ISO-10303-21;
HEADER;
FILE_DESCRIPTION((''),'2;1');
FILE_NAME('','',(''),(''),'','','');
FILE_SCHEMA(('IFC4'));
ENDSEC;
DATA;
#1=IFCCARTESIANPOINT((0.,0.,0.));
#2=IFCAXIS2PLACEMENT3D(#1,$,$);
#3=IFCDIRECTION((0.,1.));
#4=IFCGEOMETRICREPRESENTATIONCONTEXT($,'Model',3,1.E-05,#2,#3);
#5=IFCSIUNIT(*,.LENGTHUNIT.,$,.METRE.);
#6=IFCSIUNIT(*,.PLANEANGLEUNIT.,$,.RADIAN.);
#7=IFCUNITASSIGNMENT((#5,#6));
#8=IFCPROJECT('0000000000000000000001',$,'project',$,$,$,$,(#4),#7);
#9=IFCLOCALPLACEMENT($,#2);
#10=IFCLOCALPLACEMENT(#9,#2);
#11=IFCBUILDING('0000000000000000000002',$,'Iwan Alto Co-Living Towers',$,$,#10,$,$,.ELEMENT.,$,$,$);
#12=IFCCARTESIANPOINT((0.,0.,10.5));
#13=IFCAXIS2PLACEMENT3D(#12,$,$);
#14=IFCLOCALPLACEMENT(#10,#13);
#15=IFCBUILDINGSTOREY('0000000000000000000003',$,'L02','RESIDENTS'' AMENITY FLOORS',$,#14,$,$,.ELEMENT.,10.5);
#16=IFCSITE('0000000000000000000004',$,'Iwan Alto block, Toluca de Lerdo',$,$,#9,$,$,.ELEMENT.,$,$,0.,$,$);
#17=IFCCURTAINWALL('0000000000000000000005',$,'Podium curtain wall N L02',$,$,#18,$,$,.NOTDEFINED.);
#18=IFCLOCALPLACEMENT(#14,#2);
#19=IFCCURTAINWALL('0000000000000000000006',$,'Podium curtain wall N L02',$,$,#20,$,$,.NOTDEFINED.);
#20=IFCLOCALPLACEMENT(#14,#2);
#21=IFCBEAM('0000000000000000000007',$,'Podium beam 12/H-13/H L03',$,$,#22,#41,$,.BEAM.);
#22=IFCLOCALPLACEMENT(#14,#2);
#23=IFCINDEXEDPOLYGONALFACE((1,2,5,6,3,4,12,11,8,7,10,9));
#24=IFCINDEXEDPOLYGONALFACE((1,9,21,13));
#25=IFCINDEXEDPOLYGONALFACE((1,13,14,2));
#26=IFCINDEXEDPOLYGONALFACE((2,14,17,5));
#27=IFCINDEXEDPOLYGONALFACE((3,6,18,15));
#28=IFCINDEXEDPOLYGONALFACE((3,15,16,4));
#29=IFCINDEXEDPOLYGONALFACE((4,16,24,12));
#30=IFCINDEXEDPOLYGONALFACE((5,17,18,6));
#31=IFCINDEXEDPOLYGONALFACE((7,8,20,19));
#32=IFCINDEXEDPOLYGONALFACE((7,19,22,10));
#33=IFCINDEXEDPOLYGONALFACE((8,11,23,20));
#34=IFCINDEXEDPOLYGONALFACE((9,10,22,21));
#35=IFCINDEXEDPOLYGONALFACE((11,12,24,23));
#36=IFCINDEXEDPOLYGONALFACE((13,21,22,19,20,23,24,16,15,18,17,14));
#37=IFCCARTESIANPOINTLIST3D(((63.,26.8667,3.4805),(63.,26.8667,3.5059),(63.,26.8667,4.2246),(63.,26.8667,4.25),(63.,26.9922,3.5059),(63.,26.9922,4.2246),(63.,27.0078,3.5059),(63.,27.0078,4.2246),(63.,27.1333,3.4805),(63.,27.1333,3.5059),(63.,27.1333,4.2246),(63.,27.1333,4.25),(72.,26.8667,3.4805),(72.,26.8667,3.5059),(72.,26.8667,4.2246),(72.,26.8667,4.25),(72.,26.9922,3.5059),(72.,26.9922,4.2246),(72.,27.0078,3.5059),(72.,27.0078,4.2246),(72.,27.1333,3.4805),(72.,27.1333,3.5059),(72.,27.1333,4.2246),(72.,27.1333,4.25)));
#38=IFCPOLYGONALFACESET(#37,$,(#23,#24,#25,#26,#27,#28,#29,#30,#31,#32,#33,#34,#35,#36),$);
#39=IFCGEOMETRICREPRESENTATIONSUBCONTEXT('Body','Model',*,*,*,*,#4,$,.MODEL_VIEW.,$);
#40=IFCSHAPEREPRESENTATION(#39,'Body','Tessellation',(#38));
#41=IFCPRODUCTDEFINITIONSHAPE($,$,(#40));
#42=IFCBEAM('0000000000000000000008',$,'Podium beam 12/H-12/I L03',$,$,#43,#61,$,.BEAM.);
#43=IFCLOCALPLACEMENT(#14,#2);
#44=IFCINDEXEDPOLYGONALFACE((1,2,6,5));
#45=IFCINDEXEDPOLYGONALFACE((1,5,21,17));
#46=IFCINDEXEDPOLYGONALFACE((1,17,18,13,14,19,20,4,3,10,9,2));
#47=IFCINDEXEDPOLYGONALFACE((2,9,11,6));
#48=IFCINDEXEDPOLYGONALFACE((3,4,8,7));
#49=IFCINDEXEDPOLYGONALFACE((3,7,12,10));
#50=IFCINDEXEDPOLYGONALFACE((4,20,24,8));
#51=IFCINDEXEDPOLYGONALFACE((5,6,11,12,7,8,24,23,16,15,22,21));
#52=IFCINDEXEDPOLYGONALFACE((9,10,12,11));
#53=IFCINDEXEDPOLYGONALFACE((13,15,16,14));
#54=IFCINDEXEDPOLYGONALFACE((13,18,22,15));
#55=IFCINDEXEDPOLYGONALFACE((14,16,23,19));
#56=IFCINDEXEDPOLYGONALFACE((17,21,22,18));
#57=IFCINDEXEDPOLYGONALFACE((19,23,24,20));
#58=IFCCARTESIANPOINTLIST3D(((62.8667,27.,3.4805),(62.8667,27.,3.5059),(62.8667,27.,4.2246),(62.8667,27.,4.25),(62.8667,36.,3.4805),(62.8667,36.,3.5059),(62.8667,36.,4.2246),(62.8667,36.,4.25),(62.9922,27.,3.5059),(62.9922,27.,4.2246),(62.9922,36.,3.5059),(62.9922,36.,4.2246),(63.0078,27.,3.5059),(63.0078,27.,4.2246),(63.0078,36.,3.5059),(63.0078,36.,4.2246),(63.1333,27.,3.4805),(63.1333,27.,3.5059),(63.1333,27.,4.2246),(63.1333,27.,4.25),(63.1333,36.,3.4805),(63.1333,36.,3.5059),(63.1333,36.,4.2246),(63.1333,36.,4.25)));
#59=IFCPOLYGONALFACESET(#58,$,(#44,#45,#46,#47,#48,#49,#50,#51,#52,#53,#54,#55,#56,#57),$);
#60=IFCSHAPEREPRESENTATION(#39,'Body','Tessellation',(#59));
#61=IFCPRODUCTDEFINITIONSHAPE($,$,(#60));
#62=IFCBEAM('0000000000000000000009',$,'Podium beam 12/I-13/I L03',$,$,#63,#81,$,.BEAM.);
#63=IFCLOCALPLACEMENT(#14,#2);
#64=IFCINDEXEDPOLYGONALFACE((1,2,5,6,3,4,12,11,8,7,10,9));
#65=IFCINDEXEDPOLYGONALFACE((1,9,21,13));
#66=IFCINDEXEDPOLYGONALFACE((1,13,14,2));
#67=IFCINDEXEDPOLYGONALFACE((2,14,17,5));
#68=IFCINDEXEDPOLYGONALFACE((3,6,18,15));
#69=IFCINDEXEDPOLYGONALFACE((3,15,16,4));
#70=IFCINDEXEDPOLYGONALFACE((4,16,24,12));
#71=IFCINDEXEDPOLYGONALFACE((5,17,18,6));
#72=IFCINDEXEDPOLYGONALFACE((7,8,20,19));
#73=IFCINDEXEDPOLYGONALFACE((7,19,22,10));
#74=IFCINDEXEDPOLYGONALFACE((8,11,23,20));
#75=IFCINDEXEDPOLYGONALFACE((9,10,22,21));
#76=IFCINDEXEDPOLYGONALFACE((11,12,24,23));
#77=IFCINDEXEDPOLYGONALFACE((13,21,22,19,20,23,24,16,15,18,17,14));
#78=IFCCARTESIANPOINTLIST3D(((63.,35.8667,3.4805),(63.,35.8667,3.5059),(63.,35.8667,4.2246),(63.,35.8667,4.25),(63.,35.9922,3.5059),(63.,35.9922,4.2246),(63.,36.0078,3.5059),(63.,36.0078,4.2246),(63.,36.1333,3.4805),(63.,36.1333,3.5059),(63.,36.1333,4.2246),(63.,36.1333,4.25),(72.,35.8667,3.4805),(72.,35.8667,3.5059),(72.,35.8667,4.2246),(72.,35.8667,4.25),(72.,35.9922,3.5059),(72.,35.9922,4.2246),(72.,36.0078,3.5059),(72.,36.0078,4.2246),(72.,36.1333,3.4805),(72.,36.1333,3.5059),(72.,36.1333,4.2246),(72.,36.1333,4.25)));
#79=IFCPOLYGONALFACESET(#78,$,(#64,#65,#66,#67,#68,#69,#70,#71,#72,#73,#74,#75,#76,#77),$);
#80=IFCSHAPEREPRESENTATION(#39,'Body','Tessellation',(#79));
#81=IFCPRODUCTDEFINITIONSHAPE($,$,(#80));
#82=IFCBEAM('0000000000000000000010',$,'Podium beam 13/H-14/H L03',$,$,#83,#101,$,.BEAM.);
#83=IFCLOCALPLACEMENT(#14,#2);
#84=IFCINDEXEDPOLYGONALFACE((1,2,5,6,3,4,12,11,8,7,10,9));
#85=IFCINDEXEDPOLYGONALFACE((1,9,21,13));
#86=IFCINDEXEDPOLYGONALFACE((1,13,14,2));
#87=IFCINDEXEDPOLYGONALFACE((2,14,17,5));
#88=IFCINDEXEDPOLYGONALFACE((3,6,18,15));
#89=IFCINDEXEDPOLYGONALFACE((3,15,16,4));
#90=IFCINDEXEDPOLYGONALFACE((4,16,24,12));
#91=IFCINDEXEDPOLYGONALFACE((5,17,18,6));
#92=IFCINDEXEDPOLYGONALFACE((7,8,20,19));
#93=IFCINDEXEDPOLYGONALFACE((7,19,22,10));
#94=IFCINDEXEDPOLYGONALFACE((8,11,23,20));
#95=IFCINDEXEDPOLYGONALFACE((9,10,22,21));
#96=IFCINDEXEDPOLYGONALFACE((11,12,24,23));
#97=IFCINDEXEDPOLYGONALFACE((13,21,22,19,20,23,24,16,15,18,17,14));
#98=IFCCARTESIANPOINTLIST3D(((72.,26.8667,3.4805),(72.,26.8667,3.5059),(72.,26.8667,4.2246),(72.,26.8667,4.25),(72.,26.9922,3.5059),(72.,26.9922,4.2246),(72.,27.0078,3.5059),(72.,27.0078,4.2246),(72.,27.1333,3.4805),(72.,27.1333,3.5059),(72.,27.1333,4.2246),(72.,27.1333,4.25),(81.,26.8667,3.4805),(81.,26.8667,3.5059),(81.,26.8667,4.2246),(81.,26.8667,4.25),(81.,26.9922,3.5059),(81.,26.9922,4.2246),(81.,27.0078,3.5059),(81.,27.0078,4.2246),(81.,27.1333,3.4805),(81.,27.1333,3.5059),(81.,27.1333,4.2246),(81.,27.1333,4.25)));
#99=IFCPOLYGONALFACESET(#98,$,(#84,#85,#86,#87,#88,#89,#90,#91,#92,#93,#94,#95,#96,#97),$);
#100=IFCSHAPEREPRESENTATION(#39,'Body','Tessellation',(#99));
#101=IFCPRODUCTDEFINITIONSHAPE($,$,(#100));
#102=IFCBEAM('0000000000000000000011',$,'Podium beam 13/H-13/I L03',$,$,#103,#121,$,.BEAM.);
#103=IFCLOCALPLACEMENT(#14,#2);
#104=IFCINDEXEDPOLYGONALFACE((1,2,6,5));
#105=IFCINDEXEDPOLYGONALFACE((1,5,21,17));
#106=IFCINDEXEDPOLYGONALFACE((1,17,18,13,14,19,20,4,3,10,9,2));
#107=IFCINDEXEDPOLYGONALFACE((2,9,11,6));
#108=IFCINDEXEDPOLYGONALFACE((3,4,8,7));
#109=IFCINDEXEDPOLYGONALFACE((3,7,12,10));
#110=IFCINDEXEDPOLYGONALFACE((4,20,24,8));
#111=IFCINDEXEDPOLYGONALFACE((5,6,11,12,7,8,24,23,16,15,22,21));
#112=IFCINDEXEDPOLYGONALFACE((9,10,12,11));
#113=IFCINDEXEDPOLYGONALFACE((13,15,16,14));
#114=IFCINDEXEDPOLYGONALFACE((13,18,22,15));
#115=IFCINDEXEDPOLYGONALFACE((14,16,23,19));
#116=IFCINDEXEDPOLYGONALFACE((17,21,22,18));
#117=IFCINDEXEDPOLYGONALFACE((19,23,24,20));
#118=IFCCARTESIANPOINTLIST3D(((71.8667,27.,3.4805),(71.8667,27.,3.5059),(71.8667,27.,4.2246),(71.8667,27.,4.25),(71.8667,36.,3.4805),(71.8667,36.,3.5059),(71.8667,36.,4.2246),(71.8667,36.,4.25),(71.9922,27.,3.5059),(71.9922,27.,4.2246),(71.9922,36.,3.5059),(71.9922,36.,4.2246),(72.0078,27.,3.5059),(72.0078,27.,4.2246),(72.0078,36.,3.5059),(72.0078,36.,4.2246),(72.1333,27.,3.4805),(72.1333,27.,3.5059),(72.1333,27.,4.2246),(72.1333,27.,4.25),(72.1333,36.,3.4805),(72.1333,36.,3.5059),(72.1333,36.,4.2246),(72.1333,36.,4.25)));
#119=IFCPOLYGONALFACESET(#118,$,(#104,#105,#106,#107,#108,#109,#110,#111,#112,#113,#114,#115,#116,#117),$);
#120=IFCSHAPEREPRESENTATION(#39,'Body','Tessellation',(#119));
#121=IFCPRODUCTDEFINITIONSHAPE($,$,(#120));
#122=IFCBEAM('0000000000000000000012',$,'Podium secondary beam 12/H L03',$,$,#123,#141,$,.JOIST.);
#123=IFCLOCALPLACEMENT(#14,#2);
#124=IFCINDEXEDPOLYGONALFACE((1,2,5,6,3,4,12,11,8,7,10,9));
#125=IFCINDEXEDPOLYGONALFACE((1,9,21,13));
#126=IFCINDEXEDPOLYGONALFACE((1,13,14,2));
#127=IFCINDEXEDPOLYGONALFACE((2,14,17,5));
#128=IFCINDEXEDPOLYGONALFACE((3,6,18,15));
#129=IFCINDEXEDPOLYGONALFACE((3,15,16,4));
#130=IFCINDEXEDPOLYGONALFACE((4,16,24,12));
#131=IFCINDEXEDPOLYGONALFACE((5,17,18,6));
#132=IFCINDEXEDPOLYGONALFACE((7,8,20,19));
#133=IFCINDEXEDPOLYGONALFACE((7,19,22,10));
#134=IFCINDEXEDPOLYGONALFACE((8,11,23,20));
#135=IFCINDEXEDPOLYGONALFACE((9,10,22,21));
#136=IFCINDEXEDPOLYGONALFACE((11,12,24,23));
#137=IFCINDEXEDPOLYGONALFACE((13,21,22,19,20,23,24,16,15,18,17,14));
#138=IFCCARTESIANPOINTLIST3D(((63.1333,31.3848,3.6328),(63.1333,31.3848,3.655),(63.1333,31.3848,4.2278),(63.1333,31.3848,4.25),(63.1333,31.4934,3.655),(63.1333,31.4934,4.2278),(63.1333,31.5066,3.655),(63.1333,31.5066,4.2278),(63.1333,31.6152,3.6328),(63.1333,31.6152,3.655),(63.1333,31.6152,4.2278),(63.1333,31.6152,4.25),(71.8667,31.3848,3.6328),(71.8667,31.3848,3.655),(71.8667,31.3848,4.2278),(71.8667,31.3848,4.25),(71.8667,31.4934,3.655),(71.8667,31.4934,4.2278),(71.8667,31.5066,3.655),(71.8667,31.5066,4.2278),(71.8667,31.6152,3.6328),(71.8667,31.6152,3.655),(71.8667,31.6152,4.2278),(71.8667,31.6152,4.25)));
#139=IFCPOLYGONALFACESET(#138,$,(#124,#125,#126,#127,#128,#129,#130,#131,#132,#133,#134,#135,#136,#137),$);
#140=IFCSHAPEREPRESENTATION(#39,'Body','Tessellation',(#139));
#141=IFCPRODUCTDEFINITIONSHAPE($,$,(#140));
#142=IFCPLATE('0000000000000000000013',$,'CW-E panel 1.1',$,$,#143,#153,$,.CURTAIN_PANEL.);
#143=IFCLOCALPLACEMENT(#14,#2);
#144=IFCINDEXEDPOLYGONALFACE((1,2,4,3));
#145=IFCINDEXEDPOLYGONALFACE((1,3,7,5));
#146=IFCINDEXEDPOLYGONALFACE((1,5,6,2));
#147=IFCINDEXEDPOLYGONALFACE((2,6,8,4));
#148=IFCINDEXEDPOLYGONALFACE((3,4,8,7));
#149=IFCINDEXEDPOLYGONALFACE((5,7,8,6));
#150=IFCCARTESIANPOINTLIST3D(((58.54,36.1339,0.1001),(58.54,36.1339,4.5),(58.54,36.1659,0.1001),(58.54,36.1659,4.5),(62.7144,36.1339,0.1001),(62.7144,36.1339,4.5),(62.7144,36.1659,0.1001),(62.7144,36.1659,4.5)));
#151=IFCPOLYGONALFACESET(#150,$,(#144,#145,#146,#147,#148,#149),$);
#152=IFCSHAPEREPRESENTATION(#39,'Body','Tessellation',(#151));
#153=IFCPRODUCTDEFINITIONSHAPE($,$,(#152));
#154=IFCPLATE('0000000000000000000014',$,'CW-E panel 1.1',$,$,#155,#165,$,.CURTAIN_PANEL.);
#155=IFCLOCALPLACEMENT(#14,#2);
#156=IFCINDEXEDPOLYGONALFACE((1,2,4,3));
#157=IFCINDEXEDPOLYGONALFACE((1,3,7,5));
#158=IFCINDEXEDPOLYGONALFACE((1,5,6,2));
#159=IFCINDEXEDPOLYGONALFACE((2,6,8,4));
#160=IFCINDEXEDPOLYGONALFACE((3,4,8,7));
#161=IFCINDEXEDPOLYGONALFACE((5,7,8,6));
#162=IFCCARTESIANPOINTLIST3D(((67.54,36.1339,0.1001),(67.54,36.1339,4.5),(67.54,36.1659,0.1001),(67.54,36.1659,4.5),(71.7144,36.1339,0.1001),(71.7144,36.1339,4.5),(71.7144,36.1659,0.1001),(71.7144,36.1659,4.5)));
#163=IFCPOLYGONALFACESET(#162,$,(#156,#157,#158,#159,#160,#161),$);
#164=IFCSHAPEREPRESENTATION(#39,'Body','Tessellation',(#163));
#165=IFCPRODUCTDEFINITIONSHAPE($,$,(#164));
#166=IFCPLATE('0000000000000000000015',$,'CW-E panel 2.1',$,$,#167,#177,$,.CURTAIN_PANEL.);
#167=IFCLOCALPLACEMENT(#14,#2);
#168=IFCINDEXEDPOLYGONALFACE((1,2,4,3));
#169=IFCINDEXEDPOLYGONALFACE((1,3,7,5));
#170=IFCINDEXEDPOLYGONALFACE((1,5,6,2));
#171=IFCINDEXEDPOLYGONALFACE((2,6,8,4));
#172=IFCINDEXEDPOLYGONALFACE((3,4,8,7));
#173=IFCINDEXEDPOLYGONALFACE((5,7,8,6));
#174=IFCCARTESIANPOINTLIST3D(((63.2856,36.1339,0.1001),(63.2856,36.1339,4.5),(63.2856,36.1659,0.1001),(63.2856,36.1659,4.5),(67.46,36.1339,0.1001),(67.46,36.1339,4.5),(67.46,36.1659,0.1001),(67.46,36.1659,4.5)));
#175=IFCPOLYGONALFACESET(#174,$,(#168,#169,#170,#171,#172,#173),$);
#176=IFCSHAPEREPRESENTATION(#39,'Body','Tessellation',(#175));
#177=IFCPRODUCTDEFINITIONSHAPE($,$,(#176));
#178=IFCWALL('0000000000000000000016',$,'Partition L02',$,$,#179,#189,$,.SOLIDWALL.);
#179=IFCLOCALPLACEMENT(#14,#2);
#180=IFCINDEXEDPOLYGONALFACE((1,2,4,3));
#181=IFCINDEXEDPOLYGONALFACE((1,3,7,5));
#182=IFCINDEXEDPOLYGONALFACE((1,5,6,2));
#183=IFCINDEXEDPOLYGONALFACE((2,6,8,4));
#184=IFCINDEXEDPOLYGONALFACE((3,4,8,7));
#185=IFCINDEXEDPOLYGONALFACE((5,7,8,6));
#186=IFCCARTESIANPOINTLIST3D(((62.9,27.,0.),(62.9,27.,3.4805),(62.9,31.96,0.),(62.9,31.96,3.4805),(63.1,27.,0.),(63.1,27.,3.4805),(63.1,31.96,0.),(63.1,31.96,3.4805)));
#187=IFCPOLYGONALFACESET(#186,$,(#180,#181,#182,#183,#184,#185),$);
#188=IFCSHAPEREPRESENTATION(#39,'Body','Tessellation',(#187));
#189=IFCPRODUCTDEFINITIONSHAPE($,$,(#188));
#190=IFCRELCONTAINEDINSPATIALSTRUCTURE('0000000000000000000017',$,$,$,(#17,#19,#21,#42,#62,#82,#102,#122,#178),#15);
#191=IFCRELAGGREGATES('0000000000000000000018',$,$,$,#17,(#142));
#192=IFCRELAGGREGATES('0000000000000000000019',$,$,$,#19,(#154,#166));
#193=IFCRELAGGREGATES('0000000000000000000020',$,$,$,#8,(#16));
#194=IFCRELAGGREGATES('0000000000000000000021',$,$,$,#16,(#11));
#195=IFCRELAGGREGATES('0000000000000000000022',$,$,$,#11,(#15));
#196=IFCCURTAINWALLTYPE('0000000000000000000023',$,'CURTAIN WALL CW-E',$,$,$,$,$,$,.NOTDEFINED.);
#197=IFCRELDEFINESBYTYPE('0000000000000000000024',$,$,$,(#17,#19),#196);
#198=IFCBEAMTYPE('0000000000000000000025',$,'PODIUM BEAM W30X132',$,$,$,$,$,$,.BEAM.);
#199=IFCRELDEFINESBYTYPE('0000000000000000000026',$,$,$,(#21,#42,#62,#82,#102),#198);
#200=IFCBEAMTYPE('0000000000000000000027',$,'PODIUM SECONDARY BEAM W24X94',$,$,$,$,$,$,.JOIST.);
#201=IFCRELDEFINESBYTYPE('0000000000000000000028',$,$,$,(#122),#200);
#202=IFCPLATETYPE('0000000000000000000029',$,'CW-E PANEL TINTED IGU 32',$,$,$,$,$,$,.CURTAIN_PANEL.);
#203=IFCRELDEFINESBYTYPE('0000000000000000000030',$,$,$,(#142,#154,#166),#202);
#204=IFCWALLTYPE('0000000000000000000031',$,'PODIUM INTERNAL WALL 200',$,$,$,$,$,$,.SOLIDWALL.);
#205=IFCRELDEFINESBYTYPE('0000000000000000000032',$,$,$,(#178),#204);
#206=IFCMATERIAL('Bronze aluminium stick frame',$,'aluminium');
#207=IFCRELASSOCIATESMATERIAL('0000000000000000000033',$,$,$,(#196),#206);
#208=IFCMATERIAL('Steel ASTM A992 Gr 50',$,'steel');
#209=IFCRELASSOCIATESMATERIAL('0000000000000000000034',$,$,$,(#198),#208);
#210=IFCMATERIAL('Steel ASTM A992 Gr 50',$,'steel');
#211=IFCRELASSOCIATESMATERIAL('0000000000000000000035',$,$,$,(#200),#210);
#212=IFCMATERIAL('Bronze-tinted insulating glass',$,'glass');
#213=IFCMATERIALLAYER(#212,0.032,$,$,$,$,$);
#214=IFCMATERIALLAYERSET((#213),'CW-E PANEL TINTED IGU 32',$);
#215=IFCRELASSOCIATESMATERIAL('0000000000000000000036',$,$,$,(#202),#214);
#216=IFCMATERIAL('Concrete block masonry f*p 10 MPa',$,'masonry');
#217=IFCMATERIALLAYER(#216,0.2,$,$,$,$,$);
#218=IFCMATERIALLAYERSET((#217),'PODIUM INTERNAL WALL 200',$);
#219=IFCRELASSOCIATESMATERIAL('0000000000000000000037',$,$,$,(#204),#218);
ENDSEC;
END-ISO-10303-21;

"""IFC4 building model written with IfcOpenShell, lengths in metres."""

from ifc_helpers import new_model, si_unit, direction, frame, frame_2d, origin, origin_2d, place, context, subcontext, project, spatial, rectangle, i_section, extrude, material, layer, layer_set, material_profile, profile_set, type_object, element, aggregate, save


model = new_model("IFC4")

# Units and contexts
model_context = context("Model", 3, precision=1e-05, world=origin(), true_north=direction((0.0, 1.0)))
body_context = subcontext(model_context, "Body", "Model", "MODEL_VIEW")
ifc_project = project(units=[si_unit("LENGTHUNIT", "METRE"), si_unit("PLANEANGLEUNIT", "RADIAN")], contexts=[model_context])

# Site, building, storey
site_placement = place(None, origin())
site = spatial("IfcSite", under=ifc_project, at=site_placement, Name="Iwan Alto block, Toluca de Lerdo", CompositionType="ELEMENT", RefElevation=0.0)
building_placement = place(site_placement, origin())
building = spatial("IfcBuilding", under=site, at=building_placement, Name="Iwan Alto Co-Living Towers", CompositionType="ELEMENT")
storey_placement = place(building_placement, frame((0.0, 0.0, 10.5)))
storey = spatial("IfcBuildingStorey", under=building, at=storey_placement, Name="L02", Description="RESIDENTS' AMENITY FLOORS", CompositionType="ELEMENT", Elevation=10.5)

# Curtain walls
ifc_material_1 = material(Name="Bronze aluminium stick frame", Category="aluminium")
curtain_wall_type = type_object("IfcCurtainWallType", Name="CURTAIN WALL CW-E", PredefinedType="NOTDEFINED", material=ifc_material_1)
curtain_wall_1_placement = place(storey_placement, origin())
curtain_wall_1 = element("IfcCurtainWall", 1, at=curtain_wall_1_placement, inside=storey, type_object=curtain_wall_type, Name="Podium curtain wall N L02", PredefinedType="NOTDEFINED")
curtain_wall_2_placement = place(storey_placement, origin())
curtain_wall_2 = element("IfcCurtainWall", 2, at=curtain_wall_2_placement, inside=storey, type_object=curtain_wall_type, Name="Podium curtain wall N L02", PredefinedType="NOTDEFINED")

# Beams
ifc_material_2 = material(Name="Steel ASTM A992 Gr 50", Category="steel")
ifc_material_profile_1 = material_profile(ifc_material_2, i_section(OverallWidth=0.2666, OverallDepth=0.7695, WebThickness=0.0156, FlangeThickness=0.0254, at=origin_2d()), Name="W30X132")
ifc_profile_set_1 = profile_set([ifc_material_profile_1], Name="Steel ASTM A992 Gr 50")
beam_type_1 = type_object("IfcBeamType", Name="PODIUM BEAM W30X132", PredefinedType="BEAM", material=ifc_profile_set_1)
for number, where, z_axis, x_axis, name in (
    (3, (63.0, 27.0, 3.8652), (1.0, 0.0, 0.0), (0.0, 1.0, 0.0), "Podium beam 12/H-13/H L03"),
    (4, (63.0, 27.0, 3.8652), (0.0, 1.0, 0.0), (-1.0, 0.0, 0.0), "Podium beam 12/H-12/I L03"),
    (5, (63.0, 36.0, 3.8652), (1.0, 0.0, 0.0), (0.0, 1.0, 0.0), "Podium beam 12/I-13/I L03"),
    (6, (72.0, 27.0, 3.8652), (1.0, 0.0, 0.0), (0.0, 1.0, 0.0), "Podium beam 13/H-14/H L03"),
    (7, (72.0, 27.0, 3.8652), (0.0, 1.0, 0.0), (-1.0, 0.0, 0.0), "Podium beam 13/H-13/I L03"),
):
    element("IfcBeam", number, at=place(storey_placement, frame(where, z_axis=z_axis, x_axis=x_axis)), inside=storey, type_object=beam_type_1, Name=name, PredefinedType="BEAM", context=body_context, shape_type="SweptSolid", body=[
        extrude(i_section(OverallWidth=0.2666, OverallDepth=0.7695, WebThickness=0.0156, FlangeThickness=0.0254, at=origin_2d()), origin(), (0.0, 0.0, 1.0), 9.0),
    ])
ifc_material_3 = material(Name="Steel ASTM A992 Gr 50", Category="steel")
ifc_material_profile_2 = material_profile(ifc_material_3, i_section(OverallWidth=0.2305, OverallDepth=0.6172, WebThickness=0.0132, FlangeThickness=0.0222, at=origin_2d()), Name="W24X94")
ifc_profile_set_2 = profile_set([ifc_material_profile_2], Name="Steel ASTM A992 Gr 50")
beam_type_2 = type_object("IfcBeamType", Name="PODIUM SECONDARY BEAM W24X94", PredefinedType="JOIST", material=ifc_profile_set_2)
beam_placement = place(storey_placement, frame((63.1333, 31.5, 3.9414), z_axis=(1.0, 0.0, 0.0), x_axis=(0.0, 1.0, 0.0)))
element("IfcBeam", 8, at=beam_placement, inside=storey, type_object=beam_type_2, Name="Podium secondary beam 12/H L03", PredefinedType="JOIST", context=body_context, shape_type="SweptSolid", body=[
    extrude(i_section(OverallWidth=0.2305, OverallDepth=0.6172, WebThickness=0.0132, FlangeThickness=0.0222, at=origin_2d()), origin(), (0.0, 0.0, 1.0), 8.7334),
])

# Plates
ifc_material_4 = material(Name="Bronze-tinted insulating glass", Category="glass")
ifc_layer_1 = layer(ifc_material_4, 0.032)
ifc_layer_set_1 = layer_set([ifc_layer_1], Name="CW-E PANEL TINTED IGU 32")
plate_type = type_object("IfcPlateType", Name="CW-E PANEL TINTED IGU 32", PredefinedType="CURTAIN_PANEL", material=ifc_layer_set_1)
plate_1_placement = place(storey_placement, frame((60.6272, 36.1499, 0.1001), z_axis=(0.0, 0.0, 1.0), x_axis=(-1.0, 0.0, 0.0)))
plate_1 = element("IfcPlate", 9, at=plate_1_placement, type_object=plate_type, Name="CW-E panel 1.1", PredefinedType="CURTAIN_PANEL", context=body_context, shape_type="SweptSolid", body=[
    extrude(rectangle(XDim=4.1743, YDim=0.032, at=origin_2d()), origin(), (0.0, 0.0, 1.0), 4.3999),
])
aggregate(curtain_wall_1, [plate_1])
plate_2_placement = place(storey_placement, frame((69.6272, 36.1499, 0.1001), z_axis=(0.0, 0.0, 1.0), x_axis=(-1.0, 0.0, 0.0)))
plate_2 = element("IfcPlate", 10, at=plate_2_placement, type_object=plate_type, Name="CW-E panel 1.1", PredefinedType="CURTAIN_PANEL", context=body_context, shape_type="SweptSolid", body=[
    extrude(rectangle(XDim=4.1743, YDim=0.032, at=origin_2d()), origin(), (0.0, 0.0, 1.0), 4.3999),
])
plate_3_placement = place(storey_placement, frame((65.3728, 36.1499, 0.1001), z_axis=(0.0, 0.0, 1.0), x_axis=(-1.0, 0.0, 0.0)))
plate_3 = element("IfcPlate", 11, at=plate_3_placement, type_object=plate_type, Name="CW-E panel 2.1", PredefinedType="CURTAIN_PANEL", context=body_context, shape_type="SweptSolid", body=[
    extrude(rectangle(XDim=4.1743, YDim=0.032, at=origin_2d()), origin(), (0.0, 0.0, 1.0), 4.3999),
])
aggregate(curtain_wall_2, [plate_2, plate_3])

# Wall
ifc_material_5 = material(Name="Concrete block masonry f*p 10 MPa", Category="masonry")
ifc_layer_2 = layer(ifc_material_5, 0.2)
ifc_layer_set_2 = layer_set([ifc_layer_2], Name="PODIUM INTERNAL WALL 200")
wall_type_1 = type_object("IfcWallType", Name="PODIUM INTERNAL WALL 200", PredefinedType="SOLIDWALL", material=ifc_layer_set_2)
wall_1_placement = place(storey_placement, frame((63.0, 27.0, 0.0), z_axis=(0.0, 0.0, 1.0), x_axis=(0.0, 1.0, 0.0)))
element("IfcWall", 12, at=wall_1_placement, inside=storey, type_object=wall_type_1, Name="Partition L02", PredefinedType="SOLIDWALL", context=body_context, shape_type="SweptSolid", body=[
    extrude(rectangle(XDim=4.96, YDim=0.2, at=frame_2d((2.48, 0.0))), origin(), (0.0, 0.0, 1.0), 3.4805),
])

save(model, "model.ifc")
